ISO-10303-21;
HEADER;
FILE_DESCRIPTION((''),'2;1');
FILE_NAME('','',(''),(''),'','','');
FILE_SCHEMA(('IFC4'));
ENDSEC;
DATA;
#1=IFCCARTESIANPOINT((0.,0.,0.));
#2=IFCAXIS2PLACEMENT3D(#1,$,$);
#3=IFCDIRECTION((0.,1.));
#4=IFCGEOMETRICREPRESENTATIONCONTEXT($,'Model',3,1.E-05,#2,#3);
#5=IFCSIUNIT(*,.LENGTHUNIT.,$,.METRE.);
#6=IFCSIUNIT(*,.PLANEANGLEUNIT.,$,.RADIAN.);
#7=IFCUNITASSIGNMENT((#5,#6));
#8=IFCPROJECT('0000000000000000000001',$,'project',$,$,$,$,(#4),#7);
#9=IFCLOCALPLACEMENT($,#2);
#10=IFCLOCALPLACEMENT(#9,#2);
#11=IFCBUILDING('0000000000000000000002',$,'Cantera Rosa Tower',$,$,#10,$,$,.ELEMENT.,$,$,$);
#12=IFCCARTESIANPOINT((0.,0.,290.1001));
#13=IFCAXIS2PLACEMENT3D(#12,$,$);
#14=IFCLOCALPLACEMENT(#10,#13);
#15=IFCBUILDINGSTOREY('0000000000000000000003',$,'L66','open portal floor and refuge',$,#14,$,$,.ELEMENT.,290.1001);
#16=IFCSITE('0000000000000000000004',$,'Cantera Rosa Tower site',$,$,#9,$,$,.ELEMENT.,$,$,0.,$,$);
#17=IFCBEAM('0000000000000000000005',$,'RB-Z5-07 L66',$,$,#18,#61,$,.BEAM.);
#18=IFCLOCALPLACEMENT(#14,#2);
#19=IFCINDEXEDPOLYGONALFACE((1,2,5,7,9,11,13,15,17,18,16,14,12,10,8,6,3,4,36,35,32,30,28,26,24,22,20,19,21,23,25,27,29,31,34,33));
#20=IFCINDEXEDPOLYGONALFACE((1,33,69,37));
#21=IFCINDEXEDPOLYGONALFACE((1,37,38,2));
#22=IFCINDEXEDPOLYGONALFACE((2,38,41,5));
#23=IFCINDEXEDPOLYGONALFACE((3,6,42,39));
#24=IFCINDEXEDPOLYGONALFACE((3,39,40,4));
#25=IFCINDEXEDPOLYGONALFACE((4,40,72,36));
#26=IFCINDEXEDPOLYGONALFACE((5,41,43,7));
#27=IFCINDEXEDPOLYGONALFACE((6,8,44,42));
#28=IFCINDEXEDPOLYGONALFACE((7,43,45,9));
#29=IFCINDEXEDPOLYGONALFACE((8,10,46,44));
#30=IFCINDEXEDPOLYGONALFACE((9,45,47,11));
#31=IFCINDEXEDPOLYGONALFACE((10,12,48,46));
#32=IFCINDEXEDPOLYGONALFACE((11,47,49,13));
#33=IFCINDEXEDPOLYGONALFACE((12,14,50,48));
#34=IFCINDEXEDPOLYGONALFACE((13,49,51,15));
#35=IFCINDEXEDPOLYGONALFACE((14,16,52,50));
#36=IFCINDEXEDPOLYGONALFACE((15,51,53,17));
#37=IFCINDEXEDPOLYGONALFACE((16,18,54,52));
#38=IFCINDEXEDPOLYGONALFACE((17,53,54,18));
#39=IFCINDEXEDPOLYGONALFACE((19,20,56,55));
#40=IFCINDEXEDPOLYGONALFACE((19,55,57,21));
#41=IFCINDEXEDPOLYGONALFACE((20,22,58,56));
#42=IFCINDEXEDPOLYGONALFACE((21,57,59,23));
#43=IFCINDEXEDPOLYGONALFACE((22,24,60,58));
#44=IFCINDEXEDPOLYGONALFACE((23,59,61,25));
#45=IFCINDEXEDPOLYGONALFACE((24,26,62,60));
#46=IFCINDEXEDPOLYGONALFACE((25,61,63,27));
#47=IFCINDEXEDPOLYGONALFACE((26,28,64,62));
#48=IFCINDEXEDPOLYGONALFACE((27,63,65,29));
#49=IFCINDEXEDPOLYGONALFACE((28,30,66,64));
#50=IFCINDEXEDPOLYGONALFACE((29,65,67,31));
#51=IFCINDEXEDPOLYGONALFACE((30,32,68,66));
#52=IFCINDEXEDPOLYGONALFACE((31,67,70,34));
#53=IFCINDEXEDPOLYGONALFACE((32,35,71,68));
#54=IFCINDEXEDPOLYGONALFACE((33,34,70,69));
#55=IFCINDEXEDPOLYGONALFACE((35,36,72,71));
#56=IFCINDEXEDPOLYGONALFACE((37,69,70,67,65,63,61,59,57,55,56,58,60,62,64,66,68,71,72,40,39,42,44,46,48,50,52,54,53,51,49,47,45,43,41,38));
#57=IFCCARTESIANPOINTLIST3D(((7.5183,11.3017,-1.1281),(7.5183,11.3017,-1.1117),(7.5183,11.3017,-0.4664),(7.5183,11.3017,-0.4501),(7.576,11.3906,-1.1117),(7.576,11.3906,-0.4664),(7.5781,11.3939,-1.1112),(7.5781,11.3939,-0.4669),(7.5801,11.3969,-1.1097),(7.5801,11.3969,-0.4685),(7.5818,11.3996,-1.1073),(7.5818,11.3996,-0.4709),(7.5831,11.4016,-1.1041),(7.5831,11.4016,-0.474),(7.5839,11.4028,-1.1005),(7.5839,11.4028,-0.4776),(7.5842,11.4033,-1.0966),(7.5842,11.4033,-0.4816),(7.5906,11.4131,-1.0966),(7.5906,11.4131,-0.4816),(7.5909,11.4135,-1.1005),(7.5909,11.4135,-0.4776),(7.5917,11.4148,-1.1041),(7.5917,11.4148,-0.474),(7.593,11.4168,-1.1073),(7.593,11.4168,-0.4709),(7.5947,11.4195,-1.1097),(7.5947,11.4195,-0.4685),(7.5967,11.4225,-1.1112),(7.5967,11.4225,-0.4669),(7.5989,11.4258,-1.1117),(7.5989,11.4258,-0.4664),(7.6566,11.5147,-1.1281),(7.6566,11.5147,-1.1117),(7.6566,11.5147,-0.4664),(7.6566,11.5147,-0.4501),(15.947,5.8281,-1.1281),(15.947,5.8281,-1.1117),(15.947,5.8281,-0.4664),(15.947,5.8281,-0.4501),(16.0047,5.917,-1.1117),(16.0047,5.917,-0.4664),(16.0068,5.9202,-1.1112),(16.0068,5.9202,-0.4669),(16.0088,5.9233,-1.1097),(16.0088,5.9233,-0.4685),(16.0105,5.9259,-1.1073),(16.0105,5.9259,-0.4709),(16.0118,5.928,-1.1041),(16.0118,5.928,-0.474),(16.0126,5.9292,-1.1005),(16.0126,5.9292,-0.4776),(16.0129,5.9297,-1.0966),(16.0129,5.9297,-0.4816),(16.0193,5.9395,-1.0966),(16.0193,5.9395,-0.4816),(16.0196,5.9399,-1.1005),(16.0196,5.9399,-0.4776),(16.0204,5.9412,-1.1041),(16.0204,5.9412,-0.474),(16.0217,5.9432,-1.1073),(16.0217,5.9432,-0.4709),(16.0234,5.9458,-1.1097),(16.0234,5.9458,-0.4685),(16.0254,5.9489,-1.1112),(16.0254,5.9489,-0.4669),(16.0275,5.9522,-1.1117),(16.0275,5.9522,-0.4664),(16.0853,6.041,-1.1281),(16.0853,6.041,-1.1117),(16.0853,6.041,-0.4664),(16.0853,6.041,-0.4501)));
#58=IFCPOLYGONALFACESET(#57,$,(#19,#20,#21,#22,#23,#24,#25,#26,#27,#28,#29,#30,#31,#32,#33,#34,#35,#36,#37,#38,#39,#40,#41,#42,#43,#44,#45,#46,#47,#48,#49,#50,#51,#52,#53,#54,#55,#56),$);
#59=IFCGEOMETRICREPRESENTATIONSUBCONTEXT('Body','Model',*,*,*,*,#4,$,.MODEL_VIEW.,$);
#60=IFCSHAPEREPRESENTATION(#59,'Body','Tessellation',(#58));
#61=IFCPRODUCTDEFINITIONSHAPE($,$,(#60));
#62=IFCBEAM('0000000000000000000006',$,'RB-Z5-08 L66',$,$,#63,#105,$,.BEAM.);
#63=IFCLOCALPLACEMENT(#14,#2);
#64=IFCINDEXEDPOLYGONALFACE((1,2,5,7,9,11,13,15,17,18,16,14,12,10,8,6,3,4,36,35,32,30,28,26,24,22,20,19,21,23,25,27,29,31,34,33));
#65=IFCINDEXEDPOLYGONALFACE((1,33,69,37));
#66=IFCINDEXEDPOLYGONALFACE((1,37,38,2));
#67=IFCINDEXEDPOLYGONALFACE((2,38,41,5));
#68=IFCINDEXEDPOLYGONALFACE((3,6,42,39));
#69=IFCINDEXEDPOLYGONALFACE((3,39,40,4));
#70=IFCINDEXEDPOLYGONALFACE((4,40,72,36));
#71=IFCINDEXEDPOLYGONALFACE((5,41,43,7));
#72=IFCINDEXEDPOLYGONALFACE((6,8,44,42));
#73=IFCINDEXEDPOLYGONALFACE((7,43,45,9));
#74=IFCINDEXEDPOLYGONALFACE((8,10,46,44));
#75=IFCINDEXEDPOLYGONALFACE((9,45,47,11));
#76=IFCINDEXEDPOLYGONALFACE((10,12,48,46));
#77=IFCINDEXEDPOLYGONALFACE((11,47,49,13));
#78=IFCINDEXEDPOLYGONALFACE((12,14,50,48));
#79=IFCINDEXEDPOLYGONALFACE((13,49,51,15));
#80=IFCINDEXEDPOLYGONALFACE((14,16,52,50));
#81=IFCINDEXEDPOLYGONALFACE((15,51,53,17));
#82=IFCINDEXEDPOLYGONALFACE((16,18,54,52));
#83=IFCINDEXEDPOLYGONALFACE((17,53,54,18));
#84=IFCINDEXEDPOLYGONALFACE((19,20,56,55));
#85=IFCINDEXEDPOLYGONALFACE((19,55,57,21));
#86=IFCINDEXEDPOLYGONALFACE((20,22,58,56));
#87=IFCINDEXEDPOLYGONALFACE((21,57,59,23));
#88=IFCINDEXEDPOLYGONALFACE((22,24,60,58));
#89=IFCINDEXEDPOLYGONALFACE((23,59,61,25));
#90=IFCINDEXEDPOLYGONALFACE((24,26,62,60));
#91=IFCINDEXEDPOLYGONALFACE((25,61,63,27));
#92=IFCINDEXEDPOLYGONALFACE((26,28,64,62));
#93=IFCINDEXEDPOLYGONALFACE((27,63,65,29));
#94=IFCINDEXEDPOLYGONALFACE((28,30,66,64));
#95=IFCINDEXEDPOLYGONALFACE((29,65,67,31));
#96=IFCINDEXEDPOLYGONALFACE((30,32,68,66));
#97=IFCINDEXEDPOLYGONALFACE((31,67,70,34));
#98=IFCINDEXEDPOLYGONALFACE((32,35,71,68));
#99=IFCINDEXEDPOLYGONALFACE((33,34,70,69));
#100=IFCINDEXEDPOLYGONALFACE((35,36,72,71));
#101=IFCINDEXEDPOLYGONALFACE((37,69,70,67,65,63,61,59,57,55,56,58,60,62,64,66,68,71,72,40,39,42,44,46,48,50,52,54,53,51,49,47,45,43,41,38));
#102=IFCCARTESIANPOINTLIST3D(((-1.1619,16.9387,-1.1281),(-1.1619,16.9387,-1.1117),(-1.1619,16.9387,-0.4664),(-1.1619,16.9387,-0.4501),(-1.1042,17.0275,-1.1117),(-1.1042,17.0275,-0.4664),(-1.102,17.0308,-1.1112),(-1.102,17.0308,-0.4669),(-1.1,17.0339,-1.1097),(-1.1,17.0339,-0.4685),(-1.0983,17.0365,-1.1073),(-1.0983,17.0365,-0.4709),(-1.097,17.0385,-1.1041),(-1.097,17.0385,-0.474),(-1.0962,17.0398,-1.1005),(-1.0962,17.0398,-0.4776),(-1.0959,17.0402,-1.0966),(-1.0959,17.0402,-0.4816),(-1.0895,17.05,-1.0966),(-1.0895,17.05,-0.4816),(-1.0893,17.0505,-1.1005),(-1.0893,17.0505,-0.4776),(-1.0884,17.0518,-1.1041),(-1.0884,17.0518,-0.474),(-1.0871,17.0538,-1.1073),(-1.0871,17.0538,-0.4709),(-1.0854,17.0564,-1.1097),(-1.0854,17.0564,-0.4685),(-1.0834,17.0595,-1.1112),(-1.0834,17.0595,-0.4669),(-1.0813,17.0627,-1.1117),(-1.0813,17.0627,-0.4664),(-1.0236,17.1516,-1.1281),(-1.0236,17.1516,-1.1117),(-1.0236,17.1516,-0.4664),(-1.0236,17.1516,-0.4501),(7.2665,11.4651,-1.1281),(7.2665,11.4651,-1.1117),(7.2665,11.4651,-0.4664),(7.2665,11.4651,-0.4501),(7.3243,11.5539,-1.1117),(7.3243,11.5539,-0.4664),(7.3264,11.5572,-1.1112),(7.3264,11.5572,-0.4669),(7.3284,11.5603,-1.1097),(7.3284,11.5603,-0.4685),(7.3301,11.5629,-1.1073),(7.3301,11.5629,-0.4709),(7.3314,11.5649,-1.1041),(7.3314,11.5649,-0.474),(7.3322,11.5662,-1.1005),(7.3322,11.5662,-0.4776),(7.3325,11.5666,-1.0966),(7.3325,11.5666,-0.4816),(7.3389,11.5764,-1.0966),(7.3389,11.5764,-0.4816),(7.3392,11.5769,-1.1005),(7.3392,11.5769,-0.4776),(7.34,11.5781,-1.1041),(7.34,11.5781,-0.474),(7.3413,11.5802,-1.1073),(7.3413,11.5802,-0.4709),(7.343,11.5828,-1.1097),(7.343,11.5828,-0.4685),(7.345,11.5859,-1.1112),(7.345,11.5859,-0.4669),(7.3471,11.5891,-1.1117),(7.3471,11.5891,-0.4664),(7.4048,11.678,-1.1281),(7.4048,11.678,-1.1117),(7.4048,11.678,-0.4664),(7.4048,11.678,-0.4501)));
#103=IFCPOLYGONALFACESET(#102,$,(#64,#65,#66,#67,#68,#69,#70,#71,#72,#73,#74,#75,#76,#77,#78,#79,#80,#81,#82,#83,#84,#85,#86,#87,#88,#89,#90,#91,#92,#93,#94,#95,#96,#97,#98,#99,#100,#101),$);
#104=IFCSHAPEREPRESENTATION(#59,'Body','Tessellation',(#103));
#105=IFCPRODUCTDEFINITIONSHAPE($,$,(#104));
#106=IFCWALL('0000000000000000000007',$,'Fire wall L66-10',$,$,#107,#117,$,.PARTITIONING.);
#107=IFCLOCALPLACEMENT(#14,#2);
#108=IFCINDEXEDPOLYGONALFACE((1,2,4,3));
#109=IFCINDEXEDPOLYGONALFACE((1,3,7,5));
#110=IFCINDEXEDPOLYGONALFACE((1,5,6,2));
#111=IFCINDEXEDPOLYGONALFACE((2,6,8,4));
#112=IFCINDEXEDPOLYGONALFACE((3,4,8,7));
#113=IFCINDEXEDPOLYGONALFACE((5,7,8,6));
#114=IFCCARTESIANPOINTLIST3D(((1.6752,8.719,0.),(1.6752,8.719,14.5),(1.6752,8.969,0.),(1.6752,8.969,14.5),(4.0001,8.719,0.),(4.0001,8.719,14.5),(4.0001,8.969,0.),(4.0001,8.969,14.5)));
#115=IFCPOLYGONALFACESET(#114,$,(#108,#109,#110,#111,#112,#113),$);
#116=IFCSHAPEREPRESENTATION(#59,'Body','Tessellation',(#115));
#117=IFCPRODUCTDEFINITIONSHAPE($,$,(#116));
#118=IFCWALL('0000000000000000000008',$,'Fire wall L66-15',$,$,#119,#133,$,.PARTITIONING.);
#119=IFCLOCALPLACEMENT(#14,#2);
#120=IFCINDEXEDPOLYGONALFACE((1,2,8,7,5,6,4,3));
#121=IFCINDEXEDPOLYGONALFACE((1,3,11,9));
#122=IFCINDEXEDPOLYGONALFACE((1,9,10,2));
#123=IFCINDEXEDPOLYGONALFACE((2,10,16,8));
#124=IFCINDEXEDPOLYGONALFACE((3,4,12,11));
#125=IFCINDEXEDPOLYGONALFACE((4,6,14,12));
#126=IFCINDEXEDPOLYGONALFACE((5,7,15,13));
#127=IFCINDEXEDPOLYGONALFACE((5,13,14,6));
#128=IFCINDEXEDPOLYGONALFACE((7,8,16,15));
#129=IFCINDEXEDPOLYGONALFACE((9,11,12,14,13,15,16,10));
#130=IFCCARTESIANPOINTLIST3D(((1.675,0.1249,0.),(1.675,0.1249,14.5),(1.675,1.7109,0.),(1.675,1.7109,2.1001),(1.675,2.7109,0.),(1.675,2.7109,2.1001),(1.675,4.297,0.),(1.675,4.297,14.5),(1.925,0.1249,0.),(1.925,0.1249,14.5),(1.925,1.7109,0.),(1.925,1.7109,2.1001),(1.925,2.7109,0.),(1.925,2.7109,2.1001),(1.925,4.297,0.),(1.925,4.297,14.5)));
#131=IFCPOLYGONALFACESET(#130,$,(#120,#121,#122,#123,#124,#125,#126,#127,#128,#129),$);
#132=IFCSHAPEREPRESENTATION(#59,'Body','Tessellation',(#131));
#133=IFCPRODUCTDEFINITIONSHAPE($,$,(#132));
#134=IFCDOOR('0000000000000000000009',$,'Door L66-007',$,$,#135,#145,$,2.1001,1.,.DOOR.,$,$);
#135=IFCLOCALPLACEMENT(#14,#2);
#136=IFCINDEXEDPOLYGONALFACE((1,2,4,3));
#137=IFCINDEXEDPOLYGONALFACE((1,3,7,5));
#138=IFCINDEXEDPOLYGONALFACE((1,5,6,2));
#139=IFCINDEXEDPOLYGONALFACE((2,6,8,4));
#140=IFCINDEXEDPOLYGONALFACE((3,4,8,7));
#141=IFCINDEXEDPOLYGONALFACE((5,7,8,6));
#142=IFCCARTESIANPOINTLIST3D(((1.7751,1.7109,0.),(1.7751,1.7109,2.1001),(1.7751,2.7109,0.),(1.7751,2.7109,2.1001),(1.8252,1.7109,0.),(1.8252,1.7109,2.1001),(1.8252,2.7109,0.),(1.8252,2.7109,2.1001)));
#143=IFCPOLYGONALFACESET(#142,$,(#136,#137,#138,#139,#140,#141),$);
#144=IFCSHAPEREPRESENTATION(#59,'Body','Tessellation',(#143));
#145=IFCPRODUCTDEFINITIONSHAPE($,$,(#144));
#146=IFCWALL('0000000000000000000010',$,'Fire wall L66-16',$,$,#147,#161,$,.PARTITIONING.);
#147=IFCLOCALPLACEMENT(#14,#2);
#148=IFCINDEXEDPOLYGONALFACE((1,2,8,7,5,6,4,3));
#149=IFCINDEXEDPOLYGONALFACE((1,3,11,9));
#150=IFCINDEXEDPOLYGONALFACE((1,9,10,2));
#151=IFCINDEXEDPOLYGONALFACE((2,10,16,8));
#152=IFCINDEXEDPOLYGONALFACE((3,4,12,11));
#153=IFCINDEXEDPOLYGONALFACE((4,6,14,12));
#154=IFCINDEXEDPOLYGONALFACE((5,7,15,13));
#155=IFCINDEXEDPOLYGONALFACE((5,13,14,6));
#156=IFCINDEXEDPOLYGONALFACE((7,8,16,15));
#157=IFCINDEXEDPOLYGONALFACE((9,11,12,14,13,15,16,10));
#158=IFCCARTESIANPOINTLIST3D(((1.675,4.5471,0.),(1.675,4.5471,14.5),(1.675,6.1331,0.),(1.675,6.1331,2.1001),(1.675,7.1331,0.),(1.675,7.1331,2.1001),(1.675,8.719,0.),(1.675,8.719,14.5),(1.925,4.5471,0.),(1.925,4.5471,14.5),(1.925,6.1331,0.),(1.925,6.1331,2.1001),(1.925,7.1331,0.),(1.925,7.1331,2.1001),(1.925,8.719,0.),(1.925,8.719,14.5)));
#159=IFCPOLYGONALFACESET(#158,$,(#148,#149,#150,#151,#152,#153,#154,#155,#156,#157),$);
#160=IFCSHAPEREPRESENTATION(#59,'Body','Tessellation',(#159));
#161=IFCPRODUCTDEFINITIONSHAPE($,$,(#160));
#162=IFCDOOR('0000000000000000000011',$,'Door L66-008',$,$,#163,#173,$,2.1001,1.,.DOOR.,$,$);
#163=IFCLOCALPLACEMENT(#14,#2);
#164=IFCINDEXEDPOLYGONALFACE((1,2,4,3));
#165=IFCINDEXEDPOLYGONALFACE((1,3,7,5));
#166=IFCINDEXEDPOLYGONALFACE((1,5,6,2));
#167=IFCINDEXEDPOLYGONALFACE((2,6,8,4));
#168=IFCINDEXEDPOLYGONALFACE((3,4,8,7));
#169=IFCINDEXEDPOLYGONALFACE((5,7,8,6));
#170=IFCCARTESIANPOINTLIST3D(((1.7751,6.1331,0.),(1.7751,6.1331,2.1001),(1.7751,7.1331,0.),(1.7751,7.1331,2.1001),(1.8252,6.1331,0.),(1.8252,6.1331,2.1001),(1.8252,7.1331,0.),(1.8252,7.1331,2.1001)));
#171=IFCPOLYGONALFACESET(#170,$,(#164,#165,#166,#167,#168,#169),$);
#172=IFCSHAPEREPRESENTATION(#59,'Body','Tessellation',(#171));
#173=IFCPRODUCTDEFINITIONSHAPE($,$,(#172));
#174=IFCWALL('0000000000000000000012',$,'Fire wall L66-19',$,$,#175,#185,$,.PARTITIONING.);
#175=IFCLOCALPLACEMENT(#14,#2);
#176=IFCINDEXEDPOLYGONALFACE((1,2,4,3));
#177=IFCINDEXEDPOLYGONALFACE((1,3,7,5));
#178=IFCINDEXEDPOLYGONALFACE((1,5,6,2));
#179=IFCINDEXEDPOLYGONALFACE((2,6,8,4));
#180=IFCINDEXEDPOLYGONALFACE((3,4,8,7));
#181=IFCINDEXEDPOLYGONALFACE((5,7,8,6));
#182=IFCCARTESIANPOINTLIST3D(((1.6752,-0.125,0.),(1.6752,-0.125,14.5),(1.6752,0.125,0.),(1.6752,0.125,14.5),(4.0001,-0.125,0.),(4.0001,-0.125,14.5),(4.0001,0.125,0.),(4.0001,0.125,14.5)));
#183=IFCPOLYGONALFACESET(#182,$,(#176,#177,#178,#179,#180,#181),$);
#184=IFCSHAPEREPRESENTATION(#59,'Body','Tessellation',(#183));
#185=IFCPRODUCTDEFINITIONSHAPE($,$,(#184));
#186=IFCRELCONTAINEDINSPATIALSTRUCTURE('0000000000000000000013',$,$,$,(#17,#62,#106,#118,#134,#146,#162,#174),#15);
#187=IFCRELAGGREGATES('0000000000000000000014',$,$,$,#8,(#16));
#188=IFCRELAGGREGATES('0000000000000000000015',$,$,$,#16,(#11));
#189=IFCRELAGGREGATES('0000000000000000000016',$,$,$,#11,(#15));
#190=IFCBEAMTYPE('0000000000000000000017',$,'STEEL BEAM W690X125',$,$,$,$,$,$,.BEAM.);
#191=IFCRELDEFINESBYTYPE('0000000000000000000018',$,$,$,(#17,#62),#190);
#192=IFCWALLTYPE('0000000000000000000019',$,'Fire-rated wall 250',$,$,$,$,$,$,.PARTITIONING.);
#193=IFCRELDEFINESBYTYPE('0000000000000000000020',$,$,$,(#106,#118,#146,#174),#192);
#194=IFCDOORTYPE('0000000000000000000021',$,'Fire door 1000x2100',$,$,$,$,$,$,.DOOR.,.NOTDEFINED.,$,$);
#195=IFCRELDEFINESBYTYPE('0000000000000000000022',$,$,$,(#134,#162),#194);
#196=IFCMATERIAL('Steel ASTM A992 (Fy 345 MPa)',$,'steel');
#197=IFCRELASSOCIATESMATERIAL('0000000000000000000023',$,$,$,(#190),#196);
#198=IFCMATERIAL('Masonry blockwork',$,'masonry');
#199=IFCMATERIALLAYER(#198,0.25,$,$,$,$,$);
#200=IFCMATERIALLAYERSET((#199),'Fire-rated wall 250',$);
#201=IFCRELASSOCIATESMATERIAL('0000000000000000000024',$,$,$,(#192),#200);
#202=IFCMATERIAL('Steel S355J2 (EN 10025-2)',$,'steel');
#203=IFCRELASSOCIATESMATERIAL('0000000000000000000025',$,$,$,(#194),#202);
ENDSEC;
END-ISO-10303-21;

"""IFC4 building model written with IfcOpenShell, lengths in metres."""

from ifc_helpers import new_model, si_unit, direction, frame, frame_2d, origin, origin_2d, place, context, subcontext, project, spatial, rectangle, i_section, extrude, material, layer, layer_set, material_profile, profile_set, type_object, element, fill, save


model = new_model("IFC4")

# Units and contexts
model_context = context("Model", 3, precision=1e-05, world=origin(), true_north=direction((0.0, 1.0)))
body_context = subcontext(model_context, "Body", "Model", "MODEL_VIEW")
ifc_project = project(units=[si_unit("LENGTHUNIT", "METRE"), si_unit("PLANEANGLEUNIT", "RADIAN")], contexts=[model_context])

# Site, building, storey
site_placement = place(None, origin())
site = spatial("IfcSite", under=ifc_project, at=site_placement, Name="Cantera Rosa Tower site", CompositionType="ELEMENT", RefElevation=0.0)
building_placement = place(site_placement, origin())
building = spatial("IfcBuilding", under=site, at=building_placement, Name="Cantera Rosa Tower", CompositionType="ELEMENT")
storey_placement = place(building_placement, frame((0.0, 0.0, 290.1001)))
storey = spatial("IfcBuildingStorey", under=building, at=storey_placement, Name="L66", Description="open portal floor and refuge", CompositionType="ELEMENT", Elevation=290.1001)

# Beams
ifc_material_1 = material(Name="Steel ASTM A992 (Fy 345 MPa)", Category="steel")
ifc_material_profile = material_profile(ifc_material_1, i_section(OverallWidth=0.2539, OverallDepth=0.678, WebThickness=0.0117, FlangeThickness=0.0164, FilletRadius=0.0151, at=origin_2d()), Name="W690X125")
ifc_profile_set = profile_set([ifc_material_profile], Name="Steel ASTM A992 (Fy 345 MPa)")
beam_type = type_object("IfcBeamType", Name="STEEL BEAM W690X125", PredefinedType="BEAM", material=ifc_profile_set)
beam_1_placement = place(storey_placement, frame((16.0161, 5.9346, -0.7891), z_axis=(-0.838672, 0.544637, 0.0), x_axis=(-0.544637, -0.838672, 0.0)))
element("IfcBeam", 1, at=beam_1_placement, inside=storey, type_object=beam_type, Name="RB-Z5-07 L66", PredefinedType="BEAM", context=body_context, shape_type="SweptSolid", body=[
    extrude(i_section(OverallWidth=0.2539, OverallDepth=0.678, WebThickness=0.0117, FlangeThickness=0.0164, FilletRadius=0.0151, at=origin_2d()), origin(), (0.0, 0.0, 1.0), 10.05),
])
beam_2_placement = place(storey_placement, frame((7.3357, 11.5715, -0.7891), z_axis=(-0.838665, 0.544648, 0.0), x_axis=(-0.544648, -0.838665, 0.0)))
element("IfcBeam", 2, at=beam_2_placement, inside=storey, type_object=beam_type, Name="RB-Z5-08 L66", PredefinedType="BEAM", context=body_context, shape_type="SweptSolid", body=[
    extrude(i_section(OverallWidth=0.2539, OverallDepth=0.678, WebThickness=0.0117, FlangeThickness=0.0164, FilletRadius=0.0151, at=origin_2d()), origin(), (0.0, 0.0, 1.0), 10.0498),
])

# Wall
ifc_material_2 = material(Name="Masonry blockwork", Category="masonry")
ifc_layer_1 = layer(ifc_material_2, 0.25)
ifc_layer_set_1 = layer_set([ifc_layer_1], Name="Fire-rated wall 250")
wall_type_1 = type_object("IfcWallType", Name="Fire-rated wall 250", PredefinedType="PARTITIONING", material=ifc_layer_set_1)
wall_1_placement = place(storey_placement, frame((1.675, 8.844, 0.0), z_axis=(0.0, 0.0, 1.0), x_axis=(1.0, 0.0, 0.0)))
element("IfcWall", 3, at=wall_1_placement, inside=storey, type_object=wall_type_1, Name="Fire wall L66-10", PredefinedType="PARTITIONING", context=body_context, shape_type="SweptSolid", body=[
    extrude(rectangle(XDim=2.325, YDim=0.25, at=frame_2d((1.1626, 0.0))), origin(), (0.0, 0.0, 1.0), 14.5),
])

# Walls, openings, doors
wall_2_placement = place(storey_placement, frame((1.8, 0.125, 0.0), z_axis=(0.0, 0.0, 1.0), x_axis=(0.0, 1.0, 0.0)))
wall_2 = element("IfcWall", 4, at=wall_2_placement, inside=storey, type_object=wall_type_1, Name="Fire wall L66-15", PredefinedType="PARTITIONING", context=body_context, shape_type="SweptSolid", body=[
    extrude(rectangle(XDim=4.1721, YDim=0.25, at=frame_2d((2.0859, 0.0))), origin(), (0.0, 0.0, 1.0), 14.5),
])
opening_1_placement = place(wall_2_placement, frame((1.5859, 0.0, 0.0)))
opening_1 = element("IfcOpeningElement", 5, at=opening_1_placement, cuts=wall_2, PredefinedType="OPENING", context=body_context, shape_type="SweptSolid", body=[
    extrude(rectangle(XDim=1.0, YDim=2.1001, at=frame_2d((0.5, 1.05))), frame((0.0, 0.135, 0.0), z_axis=(0.0, -1.0, 0.0), x_axis=(1.0, 0.0, 0.0)), (0.0, 0.0, 1.0), 0.27),
])
ifc_material_3 = material(Name="Steel S355J2 (EN 10025-2)", Category="steel")
door_type_1 = type_object("IfcDoorType", Name="Fire door 1000x2100", OperationType="NOTDEFINED", PredefinedType="DOOR", material=ifc_material_3)
door_1_placement = place(opening_1_placement, origin())
door_1 = element("IfcDoor", 6, at=door_1_placement, inside=storey, type_object=door_type_1, Name="Door L66-007", OverallHeight=2.1001, OverallWidth=1.0, PredefinedType="DOOR", context=body_context, shape_type="SweptSolid", body=[
    extrude(rectangle(XDim=1.0, YDim=2.1001, at=frame_2d((0.5, 1.05))), frame((0.0, 0.0249, 0.0), z_axis=(0.0, -1.0, 0.0), x_axis=(1.0, 0.0, 0.0)), (0.0, 0.0, 1.0), 0.05),
])
fill(opening_1, door_1)
wall_3_placement = place(storey_placement, frame((1.8, 4.5471, 0.0), z_axis=(0.0, 0.0, 1.0), x_axis=(0.0, 1.0, 0.0)))
wall_3 = element("IfcWall", 7, at=wall_3_placement, inside=storey, type_object=wall_type_1, Name="Fire wall L66-16", PredefinedType="PARTITIONING", context=body_context, shape_type="SweptSolid", body=[
    extrude(rectangle(XDim=4.1719, YDim=0.25, at=frame_2d((2.0859, 0.0))), origin(), (0.0, 0.0, 1.0), 14.5),
])
opening_2_placement = place(wall_3_placement, frame((1.5859, 0.0, 0.0)))
opening_2 = element("IfcOpeningElement", 8, at=opening_2_placement, cuts=wall_3, PredefinedType="OPENING", context=body_context, shape_type="SweptSolid", body=[
    extrude(rectangle(XDim=1.0, YDim=2.1001, at=frame_2d((0.5, 1.05))), frame((0.0, 0.135, 0.0), z_axis=(0.0, -1.0, 0.0), x_axis=(1.0, 0.0, 0.0)), (0.0, 0.0, 1.0), 0.27),
])
door_2_placement = place(opening_2_placement, origin())
door_2 = element("IfcDoor", 9, at=door_2_placement, inside=storey, type_object=door_type_1, Name="Door L66-008", OverallHeight=2.1001, OverallWidth=1.0, PredefinedType="DOOR", context=body_context, shape_type="SweptSolid", body=[
    extrude(rectangle(XDim=1.0, YDim=2.1001, at=frame_2d((0.5, 1.05))), frame((0.0, 0.0249, 0.0), z_axis=(0.0, -1.0, 0.0), x_axis=(1.0, 0.0, 0.0)), (0.0, 0.0, 1.0), 0.05),
])
fill(opening_2, door_2)

# Wall
wall_4_placement = place(storey_placement, frame((1.675, 0.0, 0.0), z_axis=(0.0, 0.0, 1.0), x_axis=(1.0, 0.0, 0.0)))
element("IfcWall", 10, at=wall_4_placement, inside=storey, type_object=wall_type_1, Name="Fire wall L66-19", PredefinedType="PARTITIONING", context=body_context, shape_type="SweptSolid", body=[
    extrude(rectangle(XDim=2.325, YDim=0.25, at=frame_2d((1.1626, 0.0))), origin(), (0.0, 0.0, 1.0), 14.5),
])

save(model, "model.ifc")
